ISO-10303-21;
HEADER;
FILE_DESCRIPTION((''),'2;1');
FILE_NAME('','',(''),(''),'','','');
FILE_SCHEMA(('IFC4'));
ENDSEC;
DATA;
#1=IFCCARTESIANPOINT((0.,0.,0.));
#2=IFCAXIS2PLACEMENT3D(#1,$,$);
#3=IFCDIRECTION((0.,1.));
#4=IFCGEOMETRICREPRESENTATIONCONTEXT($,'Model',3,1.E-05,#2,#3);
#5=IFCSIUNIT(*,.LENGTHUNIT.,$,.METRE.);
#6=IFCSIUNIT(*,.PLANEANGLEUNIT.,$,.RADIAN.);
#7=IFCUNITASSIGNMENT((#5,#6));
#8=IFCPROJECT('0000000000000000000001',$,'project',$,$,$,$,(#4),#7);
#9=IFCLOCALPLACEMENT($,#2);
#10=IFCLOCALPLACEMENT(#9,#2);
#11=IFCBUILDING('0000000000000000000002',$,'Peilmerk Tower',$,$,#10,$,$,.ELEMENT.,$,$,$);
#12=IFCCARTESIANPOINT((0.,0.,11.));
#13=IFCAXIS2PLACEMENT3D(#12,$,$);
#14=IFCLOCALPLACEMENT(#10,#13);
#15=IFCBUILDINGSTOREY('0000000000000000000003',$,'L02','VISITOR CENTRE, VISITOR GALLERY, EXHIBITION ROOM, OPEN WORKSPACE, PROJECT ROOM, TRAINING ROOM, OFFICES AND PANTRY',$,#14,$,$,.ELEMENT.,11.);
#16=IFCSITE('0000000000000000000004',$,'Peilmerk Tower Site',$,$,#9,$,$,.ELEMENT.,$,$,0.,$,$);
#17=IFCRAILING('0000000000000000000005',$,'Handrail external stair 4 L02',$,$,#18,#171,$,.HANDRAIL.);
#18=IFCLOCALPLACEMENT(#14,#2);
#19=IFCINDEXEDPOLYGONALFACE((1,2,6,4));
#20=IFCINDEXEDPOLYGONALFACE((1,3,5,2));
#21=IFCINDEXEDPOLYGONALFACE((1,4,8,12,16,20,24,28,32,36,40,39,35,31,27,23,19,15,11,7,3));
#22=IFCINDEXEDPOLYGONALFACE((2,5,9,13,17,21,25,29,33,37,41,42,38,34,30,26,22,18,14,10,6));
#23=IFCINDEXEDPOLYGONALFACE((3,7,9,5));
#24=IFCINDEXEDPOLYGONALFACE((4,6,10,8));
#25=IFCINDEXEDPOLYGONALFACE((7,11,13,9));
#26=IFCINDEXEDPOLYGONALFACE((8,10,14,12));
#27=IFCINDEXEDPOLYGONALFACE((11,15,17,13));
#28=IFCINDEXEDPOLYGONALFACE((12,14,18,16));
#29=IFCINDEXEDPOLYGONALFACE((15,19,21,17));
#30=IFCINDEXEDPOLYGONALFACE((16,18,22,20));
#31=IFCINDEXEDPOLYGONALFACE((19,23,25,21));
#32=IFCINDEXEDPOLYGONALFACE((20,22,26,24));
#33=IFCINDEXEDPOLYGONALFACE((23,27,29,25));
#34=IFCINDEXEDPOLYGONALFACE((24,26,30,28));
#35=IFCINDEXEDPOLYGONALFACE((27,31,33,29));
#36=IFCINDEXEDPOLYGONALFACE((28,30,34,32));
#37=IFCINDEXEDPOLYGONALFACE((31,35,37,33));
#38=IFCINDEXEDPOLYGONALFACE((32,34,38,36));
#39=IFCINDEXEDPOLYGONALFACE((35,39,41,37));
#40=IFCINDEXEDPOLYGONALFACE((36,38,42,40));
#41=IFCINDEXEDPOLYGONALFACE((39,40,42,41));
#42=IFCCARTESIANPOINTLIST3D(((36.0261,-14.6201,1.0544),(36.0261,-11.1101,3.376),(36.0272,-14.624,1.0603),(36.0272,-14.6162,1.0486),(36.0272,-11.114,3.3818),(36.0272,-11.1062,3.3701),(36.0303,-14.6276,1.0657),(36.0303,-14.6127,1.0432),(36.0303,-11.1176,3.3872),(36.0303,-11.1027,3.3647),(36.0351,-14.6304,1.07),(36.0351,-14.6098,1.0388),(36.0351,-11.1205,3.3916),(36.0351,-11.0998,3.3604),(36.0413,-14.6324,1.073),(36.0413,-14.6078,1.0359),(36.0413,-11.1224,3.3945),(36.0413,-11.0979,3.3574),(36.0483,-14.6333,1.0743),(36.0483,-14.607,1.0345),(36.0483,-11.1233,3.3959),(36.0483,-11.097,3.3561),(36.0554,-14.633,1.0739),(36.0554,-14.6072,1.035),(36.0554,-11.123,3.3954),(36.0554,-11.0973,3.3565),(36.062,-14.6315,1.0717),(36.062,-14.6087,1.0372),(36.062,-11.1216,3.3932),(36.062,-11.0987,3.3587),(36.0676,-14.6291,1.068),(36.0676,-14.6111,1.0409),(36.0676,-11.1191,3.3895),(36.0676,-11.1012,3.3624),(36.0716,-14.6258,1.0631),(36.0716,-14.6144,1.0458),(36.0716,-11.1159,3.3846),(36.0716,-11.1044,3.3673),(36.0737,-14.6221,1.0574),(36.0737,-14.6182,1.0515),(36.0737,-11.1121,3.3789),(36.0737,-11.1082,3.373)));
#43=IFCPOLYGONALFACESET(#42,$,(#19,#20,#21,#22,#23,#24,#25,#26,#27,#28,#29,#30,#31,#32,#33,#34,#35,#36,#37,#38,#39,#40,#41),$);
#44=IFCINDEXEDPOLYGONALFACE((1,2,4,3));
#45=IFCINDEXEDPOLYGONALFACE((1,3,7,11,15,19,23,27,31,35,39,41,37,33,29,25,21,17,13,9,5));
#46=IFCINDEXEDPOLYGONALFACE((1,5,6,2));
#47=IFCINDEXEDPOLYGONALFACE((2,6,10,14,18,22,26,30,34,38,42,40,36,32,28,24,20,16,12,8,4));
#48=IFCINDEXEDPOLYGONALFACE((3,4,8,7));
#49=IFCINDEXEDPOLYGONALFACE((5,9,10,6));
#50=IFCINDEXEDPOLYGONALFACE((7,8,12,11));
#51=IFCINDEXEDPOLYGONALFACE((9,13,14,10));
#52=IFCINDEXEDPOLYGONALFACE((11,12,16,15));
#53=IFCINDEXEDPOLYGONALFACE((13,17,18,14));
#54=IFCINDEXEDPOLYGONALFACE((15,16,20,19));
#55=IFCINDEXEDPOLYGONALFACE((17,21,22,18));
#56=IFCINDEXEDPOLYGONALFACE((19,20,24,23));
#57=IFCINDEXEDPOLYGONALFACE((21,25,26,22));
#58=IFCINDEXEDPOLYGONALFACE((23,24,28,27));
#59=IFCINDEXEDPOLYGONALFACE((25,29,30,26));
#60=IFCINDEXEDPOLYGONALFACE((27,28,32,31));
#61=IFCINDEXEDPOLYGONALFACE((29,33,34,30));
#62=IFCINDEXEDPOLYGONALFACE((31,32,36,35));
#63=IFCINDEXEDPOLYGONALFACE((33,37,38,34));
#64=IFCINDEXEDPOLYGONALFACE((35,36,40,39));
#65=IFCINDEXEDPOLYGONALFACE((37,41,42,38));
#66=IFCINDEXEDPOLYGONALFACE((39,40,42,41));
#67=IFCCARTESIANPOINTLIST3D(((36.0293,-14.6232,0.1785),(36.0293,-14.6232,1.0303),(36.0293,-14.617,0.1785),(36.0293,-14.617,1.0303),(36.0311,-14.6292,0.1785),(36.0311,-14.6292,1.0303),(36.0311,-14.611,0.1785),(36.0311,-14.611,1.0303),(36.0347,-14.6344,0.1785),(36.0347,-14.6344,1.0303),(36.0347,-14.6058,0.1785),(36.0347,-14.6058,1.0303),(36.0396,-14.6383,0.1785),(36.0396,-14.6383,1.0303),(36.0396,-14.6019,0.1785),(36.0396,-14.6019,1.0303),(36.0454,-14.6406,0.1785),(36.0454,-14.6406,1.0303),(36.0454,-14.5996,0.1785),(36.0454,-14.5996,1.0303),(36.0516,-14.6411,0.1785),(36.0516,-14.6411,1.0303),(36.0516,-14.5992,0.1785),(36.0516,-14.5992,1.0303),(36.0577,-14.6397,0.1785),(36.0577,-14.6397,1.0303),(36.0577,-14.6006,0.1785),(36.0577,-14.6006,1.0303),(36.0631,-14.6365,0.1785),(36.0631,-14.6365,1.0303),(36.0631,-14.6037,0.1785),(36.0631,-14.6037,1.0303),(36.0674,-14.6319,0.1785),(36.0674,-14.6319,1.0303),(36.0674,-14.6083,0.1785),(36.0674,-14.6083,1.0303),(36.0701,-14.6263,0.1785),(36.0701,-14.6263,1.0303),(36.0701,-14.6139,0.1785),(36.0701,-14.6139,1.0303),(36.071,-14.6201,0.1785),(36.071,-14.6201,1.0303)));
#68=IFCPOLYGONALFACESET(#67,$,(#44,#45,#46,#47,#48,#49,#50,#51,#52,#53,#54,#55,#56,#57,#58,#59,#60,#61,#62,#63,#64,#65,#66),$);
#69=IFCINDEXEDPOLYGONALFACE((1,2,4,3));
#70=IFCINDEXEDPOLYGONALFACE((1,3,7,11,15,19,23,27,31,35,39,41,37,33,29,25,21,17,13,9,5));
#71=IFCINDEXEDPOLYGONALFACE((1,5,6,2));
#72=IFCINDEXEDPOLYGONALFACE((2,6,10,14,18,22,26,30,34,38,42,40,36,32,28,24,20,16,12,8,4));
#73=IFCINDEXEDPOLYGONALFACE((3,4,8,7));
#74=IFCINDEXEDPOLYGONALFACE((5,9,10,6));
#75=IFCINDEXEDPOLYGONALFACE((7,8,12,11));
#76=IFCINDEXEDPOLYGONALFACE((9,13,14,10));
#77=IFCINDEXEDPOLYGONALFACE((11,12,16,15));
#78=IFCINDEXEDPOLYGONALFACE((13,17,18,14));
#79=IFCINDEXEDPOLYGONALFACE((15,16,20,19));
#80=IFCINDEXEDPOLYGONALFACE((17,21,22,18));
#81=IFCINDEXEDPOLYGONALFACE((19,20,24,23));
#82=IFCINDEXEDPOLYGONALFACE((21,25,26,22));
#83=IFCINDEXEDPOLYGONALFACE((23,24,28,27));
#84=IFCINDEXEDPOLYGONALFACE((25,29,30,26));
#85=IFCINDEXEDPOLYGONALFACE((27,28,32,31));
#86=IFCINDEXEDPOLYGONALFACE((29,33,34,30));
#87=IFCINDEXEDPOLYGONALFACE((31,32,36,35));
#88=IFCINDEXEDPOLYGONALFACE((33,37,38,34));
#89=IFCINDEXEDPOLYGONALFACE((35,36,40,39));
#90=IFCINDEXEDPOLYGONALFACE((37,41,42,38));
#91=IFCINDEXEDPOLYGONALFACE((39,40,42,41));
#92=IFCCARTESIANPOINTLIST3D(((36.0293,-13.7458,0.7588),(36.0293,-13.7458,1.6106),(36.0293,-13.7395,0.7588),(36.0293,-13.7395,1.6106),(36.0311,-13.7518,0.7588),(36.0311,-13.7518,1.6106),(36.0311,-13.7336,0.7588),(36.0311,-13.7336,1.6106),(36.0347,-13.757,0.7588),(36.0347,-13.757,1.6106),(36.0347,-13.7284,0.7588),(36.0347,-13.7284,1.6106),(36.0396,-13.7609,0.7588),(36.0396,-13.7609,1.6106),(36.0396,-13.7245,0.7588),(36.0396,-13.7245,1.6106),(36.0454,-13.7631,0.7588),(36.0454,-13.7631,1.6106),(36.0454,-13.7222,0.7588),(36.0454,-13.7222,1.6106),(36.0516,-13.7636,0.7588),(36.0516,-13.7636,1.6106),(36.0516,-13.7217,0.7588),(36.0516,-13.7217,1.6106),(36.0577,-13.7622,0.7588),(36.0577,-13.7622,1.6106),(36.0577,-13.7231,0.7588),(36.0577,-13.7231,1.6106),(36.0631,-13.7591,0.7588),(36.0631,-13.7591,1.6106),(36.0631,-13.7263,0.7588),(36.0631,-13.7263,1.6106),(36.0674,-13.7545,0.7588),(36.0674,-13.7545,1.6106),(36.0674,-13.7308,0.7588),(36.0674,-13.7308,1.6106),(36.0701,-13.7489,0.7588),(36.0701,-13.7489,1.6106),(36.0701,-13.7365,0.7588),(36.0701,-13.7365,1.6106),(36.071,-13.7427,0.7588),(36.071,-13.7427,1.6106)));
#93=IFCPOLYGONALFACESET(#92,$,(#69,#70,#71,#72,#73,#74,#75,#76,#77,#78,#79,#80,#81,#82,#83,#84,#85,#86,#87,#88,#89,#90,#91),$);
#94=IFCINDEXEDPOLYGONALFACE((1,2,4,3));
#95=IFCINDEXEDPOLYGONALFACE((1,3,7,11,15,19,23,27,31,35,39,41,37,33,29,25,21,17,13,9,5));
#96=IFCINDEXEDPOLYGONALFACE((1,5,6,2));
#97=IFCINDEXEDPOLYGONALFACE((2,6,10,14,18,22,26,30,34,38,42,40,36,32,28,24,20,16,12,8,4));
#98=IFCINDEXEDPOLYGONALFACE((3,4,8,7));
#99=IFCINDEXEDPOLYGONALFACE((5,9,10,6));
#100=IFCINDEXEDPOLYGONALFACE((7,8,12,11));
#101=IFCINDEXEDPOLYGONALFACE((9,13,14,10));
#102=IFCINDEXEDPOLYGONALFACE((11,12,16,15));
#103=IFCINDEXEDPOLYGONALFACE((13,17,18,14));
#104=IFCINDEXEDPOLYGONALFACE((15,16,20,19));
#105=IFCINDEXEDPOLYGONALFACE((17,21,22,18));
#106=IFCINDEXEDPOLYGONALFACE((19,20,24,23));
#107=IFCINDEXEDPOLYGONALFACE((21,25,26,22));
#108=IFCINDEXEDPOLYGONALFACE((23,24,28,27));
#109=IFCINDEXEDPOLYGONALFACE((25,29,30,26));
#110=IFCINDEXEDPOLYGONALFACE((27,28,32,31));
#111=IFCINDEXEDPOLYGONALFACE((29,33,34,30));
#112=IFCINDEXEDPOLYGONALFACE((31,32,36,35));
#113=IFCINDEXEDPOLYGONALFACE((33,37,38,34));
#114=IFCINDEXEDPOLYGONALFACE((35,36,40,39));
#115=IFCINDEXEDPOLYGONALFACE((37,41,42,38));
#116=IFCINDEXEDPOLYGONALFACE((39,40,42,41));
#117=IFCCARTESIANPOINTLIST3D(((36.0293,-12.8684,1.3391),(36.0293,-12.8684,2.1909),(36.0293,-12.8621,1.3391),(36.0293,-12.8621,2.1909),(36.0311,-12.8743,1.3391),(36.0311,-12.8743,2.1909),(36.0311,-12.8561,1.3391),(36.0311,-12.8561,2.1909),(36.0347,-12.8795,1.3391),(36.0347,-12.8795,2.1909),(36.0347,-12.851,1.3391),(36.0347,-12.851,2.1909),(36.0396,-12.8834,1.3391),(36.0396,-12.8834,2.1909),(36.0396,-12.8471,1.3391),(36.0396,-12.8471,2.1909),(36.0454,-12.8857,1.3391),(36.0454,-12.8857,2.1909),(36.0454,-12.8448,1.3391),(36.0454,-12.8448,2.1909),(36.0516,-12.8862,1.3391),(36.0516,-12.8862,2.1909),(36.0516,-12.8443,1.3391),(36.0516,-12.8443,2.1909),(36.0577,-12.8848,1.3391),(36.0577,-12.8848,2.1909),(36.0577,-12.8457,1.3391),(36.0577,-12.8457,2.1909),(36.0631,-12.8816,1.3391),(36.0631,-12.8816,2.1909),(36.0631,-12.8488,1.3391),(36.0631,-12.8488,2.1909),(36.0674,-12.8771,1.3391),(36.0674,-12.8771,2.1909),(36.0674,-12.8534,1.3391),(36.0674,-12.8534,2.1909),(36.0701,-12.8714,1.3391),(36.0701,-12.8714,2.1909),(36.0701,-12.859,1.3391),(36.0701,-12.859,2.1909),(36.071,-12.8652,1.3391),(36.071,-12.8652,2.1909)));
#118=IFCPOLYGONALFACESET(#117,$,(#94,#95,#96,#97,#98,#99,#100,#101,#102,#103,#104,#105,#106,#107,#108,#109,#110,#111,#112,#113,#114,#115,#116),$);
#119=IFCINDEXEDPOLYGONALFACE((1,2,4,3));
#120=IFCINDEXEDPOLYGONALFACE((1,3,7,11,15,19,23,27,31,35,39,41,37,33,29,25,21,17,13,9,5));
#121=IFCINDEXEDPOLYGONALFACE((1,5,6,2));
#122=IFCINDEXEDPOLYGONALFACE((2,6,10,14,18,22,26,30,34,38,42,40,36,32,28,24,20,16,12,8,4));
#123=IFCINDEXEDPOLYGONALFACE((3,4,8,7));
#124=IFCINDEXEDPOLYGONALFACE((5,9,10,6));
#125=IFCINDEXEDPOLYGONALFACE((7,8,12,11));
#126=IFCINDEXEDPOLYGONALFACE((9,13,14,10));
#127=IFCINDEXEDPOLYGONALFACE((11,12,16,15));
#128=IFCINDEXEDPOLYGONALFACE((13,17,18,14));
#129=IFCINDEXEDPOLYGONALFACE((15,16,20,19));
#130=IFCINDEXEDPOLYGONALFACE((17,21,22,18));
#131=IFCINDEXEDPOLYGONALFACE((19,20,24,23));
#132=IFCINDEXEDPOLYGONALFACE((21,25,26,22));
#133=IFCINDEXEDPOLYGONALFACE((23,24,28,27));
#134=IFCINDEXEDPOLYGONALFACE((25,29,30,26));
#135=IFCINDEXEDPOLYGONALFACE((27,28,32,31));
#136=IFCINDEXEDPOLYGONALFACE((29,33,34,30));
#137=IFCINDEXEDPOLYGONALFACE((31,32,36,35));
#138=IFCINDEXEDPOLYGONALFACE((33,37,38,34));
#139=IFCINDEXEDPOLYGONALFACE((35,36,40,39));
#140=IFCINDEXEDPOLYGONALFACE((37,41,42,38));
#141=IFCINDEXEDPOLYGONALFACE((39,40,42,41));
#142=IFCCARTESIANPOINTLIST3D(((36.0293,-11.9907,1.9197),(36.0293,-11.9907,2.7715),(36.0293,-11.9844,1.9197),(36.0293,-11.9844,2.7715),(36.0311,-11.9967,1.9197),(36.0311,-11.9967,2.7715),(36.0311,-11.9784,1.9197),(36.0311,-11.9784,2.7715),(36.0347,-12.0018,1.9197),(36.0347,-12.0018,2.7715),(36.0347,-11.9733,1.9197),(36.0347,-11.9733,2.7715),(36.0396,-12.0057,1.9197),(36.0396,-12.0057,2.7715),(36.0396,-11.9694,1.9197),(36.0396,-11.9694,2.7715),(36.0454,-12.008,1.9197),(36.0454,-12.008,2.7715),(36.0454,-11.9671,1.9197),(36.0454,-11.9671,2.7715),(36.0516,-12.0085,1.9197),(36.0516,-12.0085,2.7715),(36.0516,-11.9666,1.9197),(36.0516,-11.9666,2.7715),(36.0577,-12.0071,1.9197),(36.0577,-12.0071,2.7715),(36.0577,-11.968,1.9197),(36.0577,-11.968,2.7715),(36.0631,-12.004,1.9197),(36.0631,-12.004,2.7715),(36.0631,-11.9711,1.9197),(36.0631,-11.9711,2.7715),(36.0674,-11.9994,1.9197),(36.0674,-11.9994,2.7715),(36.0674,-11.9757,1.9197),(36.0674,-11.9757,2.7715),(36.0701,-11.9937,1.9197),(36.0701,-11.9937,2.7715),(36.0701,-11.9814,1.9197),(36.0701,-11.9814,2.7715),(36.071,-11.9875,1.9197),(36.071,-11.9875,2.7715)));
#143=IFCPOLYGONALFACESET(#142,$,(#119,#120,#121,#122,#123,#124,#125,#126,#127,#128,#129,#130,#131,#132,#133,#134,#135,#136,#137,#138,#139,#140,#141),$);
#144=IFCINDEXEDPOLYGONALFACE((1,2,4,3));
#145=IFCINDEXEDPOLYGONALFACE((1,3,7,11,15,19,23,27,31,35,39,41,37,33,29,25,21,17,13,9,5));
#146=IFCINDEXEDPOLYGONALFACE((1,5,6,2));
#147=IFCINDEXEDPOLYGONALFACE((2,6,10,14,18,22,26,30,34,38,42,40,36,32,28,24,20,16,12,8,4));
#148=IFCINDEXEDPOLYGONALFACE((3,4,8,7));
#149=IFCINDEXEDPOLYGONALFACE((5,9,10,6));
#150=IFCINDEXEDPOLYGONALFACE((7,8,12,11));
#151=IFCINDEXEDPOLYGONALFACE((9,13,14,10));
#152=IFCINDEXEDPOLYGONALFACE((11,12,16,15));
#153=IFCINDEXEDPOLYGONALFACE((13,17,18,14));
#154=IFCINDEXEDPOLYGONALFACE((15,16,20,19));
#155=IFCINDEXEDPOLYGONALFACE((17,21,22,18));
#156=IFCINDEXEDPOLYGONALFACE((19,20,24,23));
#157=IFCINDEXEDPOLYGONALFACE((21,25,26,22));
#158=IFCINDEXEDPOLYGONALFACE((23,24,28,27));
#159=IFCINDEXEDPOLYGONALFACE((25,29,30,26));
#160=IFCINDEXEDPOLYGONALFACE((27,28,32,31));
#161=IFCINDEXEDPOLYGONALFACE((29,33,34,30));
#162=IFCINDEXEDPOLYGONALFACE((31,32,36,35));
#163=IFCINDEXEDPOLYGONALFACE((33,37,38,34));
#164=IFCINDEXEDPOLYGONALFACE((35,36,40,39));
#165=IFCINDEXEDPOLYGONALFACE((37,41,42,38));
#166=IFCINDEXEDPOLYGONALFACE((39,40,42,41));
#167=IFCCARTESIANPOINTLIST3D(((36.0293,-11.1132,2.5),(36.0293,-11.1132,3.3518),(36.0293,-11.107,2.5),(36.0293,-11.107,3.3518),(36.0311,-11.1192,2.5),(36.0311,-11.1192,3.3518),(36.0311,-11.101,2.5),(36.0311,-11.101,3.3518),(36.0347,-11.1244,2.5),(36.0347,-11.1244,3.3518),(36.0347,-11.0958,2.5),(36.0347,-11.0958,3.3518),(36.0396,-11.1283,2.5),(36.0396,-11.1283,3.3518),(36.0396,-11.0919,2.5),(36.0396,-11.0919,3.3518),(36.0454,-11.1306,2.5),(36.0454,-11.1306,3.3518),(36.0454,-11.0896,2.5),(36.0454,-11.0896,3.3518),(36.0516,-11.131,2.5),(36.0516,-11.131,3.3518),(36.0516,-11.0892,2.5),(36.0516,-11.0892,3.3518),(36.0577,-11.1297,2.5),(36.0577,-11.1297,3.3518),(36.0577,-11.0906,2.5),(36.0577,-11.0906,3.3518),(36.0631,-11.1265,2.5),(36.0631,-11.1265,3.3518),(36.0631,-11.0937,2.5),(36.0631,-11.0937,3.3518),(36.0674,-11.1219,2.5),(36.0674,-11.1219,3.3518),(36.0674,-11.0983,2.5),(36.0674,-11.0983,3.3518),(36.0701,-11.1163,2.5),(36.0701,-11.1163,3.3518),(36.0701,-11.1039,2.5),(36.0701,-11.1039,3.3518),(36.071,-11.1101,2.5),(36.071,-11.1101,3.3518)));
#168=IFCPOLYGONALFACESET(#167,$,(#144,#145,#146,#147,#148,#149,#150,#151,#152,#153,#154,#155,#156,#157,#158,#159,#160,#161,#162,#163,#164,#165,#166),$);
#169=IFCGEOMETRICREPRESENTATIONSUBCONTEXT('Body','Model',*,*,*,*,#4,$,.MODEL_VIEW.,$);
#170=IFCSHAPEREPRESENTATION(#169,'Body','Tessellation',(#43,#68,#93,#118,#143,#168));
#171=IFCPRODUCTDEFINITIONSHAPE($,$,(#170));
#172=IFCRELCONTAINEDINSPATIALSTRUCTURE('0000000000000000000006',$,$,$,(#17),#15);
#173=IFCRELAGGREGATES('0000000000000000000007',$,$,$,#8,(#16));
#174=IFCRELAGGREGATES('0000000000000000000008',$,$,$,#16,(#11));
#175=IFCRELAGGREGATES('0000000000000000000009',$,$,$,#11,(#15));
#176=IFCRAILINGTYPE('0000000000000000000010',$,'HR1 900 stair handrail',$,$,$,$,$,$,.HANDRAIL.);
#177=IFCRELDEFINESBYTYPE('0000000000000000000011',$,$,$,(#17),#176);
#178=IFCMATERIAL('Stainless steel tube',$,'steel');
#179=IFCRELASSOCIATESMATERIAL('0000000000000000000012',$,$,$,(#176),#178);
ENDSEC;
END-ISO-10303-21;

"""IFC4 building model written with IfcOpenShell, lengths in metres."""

from ifc_helpers import new_model, si_unit, direction, frame, origin, origin_2d, place, context, subcontext, project, spatial, circle, extrude, material, type_object, element, save


model = new_model("IFC4")

# Units and contexts
model_context = context("Model", 3, precision=1e-05, world=origin(), true_north=direction((0.0, 1.0)))
body_context = subcontext(model_context, "Body", "Model", "MODEL_VIEW")
ifc_project = project(units=[si_unit("LENGTHUNIT", "METRE"), si_unit("PLANEANGLEUNIT", "RADIAN")], contexts=[model_context])

# Site, building, storey
site_placement = place(None, origin())
site = spatial("IfcSite", under=ifc_project, at=site_placement, Name="Peilmerk Tower Site", CompositionType="ELEMENT", RefElevation=0.0)
building_placement = place(site_placement, origin())
building = spatial("IfcBuilding", under=site, at=building_placement, Name="Peilmerk Tower", CompositionType="ELEMENT")
storey_placement = place(building_placement, frame((0.0, 0.0, 11.0)))
storey = spatial("IfcBuildingStorey", under=building, at=storey_placement, Name="L02", Description="VISITOR CENTRE, VISITOR GALLERY, EXHIBITION ROOM, OPEN WORKSPACE, PROJECT ROOM, TRAINING ROOM, OFFICES AND PANTRY", CompositionType="ELEMENT", Elevation=11.0)

# Railing
ifc_material_1 = material(Name="Stainless steel tube", Category="steel")
railing_type = type_object("IfcRailingType", Name="HR1 900 stair handrail", PredefinedType="HANDRAIL", material=ifc_material_1)
railing_placement = place(storey_placement, frame((36.05, -14.6201, 0.1785)))
element("IfcRailing", 1, at=railing_placement, inside=storey, type_object=railing_type, Name="Handrail external stair 4 L02", PredefinedType="HANDRAIL", context=body_context, shape_type="SweptSolid", body=[
    extrude(circle(Radius=0.0239, at=origin_2d()), frame((0.0, 0.0, 0.876), z_axis=(0.0, 0.834071, 0.551657), x_axis=(-1.0, 0.0, 0.0)), (0.0, 0.0, 1.0), 4.2083),
    extrude(circle(Radius=0.021, at=origin_2d()), origin(), (0.0, 0.0, 1.0), 0.8518),
    extrude(circle(Radius=0.021, at=origin_2d()), frame((0.0, 0.8774, 0.5803)), (0.0, 0.0, 1.0), 0.8518),
    extrude(circle(Radius=0.021, at=origin_2d()), frame((0.0, 1.7549, 1.1606)), (0.0, 0.0, 1.0), 0.8518),
    extrude(circle(Radius=0.021, at=origin_2d()), frame((0.0, 2.6326, 1.7412)), (0.0, 0.0, 1.0), 0.8518),
    extrude(circle(Radius=0.021, at=origin_2d()), frame((0.0, 3.51, 2.3215)), (0.0, 0.0, 1.0), 0.8518),
])

save(model, "model.ifc")
